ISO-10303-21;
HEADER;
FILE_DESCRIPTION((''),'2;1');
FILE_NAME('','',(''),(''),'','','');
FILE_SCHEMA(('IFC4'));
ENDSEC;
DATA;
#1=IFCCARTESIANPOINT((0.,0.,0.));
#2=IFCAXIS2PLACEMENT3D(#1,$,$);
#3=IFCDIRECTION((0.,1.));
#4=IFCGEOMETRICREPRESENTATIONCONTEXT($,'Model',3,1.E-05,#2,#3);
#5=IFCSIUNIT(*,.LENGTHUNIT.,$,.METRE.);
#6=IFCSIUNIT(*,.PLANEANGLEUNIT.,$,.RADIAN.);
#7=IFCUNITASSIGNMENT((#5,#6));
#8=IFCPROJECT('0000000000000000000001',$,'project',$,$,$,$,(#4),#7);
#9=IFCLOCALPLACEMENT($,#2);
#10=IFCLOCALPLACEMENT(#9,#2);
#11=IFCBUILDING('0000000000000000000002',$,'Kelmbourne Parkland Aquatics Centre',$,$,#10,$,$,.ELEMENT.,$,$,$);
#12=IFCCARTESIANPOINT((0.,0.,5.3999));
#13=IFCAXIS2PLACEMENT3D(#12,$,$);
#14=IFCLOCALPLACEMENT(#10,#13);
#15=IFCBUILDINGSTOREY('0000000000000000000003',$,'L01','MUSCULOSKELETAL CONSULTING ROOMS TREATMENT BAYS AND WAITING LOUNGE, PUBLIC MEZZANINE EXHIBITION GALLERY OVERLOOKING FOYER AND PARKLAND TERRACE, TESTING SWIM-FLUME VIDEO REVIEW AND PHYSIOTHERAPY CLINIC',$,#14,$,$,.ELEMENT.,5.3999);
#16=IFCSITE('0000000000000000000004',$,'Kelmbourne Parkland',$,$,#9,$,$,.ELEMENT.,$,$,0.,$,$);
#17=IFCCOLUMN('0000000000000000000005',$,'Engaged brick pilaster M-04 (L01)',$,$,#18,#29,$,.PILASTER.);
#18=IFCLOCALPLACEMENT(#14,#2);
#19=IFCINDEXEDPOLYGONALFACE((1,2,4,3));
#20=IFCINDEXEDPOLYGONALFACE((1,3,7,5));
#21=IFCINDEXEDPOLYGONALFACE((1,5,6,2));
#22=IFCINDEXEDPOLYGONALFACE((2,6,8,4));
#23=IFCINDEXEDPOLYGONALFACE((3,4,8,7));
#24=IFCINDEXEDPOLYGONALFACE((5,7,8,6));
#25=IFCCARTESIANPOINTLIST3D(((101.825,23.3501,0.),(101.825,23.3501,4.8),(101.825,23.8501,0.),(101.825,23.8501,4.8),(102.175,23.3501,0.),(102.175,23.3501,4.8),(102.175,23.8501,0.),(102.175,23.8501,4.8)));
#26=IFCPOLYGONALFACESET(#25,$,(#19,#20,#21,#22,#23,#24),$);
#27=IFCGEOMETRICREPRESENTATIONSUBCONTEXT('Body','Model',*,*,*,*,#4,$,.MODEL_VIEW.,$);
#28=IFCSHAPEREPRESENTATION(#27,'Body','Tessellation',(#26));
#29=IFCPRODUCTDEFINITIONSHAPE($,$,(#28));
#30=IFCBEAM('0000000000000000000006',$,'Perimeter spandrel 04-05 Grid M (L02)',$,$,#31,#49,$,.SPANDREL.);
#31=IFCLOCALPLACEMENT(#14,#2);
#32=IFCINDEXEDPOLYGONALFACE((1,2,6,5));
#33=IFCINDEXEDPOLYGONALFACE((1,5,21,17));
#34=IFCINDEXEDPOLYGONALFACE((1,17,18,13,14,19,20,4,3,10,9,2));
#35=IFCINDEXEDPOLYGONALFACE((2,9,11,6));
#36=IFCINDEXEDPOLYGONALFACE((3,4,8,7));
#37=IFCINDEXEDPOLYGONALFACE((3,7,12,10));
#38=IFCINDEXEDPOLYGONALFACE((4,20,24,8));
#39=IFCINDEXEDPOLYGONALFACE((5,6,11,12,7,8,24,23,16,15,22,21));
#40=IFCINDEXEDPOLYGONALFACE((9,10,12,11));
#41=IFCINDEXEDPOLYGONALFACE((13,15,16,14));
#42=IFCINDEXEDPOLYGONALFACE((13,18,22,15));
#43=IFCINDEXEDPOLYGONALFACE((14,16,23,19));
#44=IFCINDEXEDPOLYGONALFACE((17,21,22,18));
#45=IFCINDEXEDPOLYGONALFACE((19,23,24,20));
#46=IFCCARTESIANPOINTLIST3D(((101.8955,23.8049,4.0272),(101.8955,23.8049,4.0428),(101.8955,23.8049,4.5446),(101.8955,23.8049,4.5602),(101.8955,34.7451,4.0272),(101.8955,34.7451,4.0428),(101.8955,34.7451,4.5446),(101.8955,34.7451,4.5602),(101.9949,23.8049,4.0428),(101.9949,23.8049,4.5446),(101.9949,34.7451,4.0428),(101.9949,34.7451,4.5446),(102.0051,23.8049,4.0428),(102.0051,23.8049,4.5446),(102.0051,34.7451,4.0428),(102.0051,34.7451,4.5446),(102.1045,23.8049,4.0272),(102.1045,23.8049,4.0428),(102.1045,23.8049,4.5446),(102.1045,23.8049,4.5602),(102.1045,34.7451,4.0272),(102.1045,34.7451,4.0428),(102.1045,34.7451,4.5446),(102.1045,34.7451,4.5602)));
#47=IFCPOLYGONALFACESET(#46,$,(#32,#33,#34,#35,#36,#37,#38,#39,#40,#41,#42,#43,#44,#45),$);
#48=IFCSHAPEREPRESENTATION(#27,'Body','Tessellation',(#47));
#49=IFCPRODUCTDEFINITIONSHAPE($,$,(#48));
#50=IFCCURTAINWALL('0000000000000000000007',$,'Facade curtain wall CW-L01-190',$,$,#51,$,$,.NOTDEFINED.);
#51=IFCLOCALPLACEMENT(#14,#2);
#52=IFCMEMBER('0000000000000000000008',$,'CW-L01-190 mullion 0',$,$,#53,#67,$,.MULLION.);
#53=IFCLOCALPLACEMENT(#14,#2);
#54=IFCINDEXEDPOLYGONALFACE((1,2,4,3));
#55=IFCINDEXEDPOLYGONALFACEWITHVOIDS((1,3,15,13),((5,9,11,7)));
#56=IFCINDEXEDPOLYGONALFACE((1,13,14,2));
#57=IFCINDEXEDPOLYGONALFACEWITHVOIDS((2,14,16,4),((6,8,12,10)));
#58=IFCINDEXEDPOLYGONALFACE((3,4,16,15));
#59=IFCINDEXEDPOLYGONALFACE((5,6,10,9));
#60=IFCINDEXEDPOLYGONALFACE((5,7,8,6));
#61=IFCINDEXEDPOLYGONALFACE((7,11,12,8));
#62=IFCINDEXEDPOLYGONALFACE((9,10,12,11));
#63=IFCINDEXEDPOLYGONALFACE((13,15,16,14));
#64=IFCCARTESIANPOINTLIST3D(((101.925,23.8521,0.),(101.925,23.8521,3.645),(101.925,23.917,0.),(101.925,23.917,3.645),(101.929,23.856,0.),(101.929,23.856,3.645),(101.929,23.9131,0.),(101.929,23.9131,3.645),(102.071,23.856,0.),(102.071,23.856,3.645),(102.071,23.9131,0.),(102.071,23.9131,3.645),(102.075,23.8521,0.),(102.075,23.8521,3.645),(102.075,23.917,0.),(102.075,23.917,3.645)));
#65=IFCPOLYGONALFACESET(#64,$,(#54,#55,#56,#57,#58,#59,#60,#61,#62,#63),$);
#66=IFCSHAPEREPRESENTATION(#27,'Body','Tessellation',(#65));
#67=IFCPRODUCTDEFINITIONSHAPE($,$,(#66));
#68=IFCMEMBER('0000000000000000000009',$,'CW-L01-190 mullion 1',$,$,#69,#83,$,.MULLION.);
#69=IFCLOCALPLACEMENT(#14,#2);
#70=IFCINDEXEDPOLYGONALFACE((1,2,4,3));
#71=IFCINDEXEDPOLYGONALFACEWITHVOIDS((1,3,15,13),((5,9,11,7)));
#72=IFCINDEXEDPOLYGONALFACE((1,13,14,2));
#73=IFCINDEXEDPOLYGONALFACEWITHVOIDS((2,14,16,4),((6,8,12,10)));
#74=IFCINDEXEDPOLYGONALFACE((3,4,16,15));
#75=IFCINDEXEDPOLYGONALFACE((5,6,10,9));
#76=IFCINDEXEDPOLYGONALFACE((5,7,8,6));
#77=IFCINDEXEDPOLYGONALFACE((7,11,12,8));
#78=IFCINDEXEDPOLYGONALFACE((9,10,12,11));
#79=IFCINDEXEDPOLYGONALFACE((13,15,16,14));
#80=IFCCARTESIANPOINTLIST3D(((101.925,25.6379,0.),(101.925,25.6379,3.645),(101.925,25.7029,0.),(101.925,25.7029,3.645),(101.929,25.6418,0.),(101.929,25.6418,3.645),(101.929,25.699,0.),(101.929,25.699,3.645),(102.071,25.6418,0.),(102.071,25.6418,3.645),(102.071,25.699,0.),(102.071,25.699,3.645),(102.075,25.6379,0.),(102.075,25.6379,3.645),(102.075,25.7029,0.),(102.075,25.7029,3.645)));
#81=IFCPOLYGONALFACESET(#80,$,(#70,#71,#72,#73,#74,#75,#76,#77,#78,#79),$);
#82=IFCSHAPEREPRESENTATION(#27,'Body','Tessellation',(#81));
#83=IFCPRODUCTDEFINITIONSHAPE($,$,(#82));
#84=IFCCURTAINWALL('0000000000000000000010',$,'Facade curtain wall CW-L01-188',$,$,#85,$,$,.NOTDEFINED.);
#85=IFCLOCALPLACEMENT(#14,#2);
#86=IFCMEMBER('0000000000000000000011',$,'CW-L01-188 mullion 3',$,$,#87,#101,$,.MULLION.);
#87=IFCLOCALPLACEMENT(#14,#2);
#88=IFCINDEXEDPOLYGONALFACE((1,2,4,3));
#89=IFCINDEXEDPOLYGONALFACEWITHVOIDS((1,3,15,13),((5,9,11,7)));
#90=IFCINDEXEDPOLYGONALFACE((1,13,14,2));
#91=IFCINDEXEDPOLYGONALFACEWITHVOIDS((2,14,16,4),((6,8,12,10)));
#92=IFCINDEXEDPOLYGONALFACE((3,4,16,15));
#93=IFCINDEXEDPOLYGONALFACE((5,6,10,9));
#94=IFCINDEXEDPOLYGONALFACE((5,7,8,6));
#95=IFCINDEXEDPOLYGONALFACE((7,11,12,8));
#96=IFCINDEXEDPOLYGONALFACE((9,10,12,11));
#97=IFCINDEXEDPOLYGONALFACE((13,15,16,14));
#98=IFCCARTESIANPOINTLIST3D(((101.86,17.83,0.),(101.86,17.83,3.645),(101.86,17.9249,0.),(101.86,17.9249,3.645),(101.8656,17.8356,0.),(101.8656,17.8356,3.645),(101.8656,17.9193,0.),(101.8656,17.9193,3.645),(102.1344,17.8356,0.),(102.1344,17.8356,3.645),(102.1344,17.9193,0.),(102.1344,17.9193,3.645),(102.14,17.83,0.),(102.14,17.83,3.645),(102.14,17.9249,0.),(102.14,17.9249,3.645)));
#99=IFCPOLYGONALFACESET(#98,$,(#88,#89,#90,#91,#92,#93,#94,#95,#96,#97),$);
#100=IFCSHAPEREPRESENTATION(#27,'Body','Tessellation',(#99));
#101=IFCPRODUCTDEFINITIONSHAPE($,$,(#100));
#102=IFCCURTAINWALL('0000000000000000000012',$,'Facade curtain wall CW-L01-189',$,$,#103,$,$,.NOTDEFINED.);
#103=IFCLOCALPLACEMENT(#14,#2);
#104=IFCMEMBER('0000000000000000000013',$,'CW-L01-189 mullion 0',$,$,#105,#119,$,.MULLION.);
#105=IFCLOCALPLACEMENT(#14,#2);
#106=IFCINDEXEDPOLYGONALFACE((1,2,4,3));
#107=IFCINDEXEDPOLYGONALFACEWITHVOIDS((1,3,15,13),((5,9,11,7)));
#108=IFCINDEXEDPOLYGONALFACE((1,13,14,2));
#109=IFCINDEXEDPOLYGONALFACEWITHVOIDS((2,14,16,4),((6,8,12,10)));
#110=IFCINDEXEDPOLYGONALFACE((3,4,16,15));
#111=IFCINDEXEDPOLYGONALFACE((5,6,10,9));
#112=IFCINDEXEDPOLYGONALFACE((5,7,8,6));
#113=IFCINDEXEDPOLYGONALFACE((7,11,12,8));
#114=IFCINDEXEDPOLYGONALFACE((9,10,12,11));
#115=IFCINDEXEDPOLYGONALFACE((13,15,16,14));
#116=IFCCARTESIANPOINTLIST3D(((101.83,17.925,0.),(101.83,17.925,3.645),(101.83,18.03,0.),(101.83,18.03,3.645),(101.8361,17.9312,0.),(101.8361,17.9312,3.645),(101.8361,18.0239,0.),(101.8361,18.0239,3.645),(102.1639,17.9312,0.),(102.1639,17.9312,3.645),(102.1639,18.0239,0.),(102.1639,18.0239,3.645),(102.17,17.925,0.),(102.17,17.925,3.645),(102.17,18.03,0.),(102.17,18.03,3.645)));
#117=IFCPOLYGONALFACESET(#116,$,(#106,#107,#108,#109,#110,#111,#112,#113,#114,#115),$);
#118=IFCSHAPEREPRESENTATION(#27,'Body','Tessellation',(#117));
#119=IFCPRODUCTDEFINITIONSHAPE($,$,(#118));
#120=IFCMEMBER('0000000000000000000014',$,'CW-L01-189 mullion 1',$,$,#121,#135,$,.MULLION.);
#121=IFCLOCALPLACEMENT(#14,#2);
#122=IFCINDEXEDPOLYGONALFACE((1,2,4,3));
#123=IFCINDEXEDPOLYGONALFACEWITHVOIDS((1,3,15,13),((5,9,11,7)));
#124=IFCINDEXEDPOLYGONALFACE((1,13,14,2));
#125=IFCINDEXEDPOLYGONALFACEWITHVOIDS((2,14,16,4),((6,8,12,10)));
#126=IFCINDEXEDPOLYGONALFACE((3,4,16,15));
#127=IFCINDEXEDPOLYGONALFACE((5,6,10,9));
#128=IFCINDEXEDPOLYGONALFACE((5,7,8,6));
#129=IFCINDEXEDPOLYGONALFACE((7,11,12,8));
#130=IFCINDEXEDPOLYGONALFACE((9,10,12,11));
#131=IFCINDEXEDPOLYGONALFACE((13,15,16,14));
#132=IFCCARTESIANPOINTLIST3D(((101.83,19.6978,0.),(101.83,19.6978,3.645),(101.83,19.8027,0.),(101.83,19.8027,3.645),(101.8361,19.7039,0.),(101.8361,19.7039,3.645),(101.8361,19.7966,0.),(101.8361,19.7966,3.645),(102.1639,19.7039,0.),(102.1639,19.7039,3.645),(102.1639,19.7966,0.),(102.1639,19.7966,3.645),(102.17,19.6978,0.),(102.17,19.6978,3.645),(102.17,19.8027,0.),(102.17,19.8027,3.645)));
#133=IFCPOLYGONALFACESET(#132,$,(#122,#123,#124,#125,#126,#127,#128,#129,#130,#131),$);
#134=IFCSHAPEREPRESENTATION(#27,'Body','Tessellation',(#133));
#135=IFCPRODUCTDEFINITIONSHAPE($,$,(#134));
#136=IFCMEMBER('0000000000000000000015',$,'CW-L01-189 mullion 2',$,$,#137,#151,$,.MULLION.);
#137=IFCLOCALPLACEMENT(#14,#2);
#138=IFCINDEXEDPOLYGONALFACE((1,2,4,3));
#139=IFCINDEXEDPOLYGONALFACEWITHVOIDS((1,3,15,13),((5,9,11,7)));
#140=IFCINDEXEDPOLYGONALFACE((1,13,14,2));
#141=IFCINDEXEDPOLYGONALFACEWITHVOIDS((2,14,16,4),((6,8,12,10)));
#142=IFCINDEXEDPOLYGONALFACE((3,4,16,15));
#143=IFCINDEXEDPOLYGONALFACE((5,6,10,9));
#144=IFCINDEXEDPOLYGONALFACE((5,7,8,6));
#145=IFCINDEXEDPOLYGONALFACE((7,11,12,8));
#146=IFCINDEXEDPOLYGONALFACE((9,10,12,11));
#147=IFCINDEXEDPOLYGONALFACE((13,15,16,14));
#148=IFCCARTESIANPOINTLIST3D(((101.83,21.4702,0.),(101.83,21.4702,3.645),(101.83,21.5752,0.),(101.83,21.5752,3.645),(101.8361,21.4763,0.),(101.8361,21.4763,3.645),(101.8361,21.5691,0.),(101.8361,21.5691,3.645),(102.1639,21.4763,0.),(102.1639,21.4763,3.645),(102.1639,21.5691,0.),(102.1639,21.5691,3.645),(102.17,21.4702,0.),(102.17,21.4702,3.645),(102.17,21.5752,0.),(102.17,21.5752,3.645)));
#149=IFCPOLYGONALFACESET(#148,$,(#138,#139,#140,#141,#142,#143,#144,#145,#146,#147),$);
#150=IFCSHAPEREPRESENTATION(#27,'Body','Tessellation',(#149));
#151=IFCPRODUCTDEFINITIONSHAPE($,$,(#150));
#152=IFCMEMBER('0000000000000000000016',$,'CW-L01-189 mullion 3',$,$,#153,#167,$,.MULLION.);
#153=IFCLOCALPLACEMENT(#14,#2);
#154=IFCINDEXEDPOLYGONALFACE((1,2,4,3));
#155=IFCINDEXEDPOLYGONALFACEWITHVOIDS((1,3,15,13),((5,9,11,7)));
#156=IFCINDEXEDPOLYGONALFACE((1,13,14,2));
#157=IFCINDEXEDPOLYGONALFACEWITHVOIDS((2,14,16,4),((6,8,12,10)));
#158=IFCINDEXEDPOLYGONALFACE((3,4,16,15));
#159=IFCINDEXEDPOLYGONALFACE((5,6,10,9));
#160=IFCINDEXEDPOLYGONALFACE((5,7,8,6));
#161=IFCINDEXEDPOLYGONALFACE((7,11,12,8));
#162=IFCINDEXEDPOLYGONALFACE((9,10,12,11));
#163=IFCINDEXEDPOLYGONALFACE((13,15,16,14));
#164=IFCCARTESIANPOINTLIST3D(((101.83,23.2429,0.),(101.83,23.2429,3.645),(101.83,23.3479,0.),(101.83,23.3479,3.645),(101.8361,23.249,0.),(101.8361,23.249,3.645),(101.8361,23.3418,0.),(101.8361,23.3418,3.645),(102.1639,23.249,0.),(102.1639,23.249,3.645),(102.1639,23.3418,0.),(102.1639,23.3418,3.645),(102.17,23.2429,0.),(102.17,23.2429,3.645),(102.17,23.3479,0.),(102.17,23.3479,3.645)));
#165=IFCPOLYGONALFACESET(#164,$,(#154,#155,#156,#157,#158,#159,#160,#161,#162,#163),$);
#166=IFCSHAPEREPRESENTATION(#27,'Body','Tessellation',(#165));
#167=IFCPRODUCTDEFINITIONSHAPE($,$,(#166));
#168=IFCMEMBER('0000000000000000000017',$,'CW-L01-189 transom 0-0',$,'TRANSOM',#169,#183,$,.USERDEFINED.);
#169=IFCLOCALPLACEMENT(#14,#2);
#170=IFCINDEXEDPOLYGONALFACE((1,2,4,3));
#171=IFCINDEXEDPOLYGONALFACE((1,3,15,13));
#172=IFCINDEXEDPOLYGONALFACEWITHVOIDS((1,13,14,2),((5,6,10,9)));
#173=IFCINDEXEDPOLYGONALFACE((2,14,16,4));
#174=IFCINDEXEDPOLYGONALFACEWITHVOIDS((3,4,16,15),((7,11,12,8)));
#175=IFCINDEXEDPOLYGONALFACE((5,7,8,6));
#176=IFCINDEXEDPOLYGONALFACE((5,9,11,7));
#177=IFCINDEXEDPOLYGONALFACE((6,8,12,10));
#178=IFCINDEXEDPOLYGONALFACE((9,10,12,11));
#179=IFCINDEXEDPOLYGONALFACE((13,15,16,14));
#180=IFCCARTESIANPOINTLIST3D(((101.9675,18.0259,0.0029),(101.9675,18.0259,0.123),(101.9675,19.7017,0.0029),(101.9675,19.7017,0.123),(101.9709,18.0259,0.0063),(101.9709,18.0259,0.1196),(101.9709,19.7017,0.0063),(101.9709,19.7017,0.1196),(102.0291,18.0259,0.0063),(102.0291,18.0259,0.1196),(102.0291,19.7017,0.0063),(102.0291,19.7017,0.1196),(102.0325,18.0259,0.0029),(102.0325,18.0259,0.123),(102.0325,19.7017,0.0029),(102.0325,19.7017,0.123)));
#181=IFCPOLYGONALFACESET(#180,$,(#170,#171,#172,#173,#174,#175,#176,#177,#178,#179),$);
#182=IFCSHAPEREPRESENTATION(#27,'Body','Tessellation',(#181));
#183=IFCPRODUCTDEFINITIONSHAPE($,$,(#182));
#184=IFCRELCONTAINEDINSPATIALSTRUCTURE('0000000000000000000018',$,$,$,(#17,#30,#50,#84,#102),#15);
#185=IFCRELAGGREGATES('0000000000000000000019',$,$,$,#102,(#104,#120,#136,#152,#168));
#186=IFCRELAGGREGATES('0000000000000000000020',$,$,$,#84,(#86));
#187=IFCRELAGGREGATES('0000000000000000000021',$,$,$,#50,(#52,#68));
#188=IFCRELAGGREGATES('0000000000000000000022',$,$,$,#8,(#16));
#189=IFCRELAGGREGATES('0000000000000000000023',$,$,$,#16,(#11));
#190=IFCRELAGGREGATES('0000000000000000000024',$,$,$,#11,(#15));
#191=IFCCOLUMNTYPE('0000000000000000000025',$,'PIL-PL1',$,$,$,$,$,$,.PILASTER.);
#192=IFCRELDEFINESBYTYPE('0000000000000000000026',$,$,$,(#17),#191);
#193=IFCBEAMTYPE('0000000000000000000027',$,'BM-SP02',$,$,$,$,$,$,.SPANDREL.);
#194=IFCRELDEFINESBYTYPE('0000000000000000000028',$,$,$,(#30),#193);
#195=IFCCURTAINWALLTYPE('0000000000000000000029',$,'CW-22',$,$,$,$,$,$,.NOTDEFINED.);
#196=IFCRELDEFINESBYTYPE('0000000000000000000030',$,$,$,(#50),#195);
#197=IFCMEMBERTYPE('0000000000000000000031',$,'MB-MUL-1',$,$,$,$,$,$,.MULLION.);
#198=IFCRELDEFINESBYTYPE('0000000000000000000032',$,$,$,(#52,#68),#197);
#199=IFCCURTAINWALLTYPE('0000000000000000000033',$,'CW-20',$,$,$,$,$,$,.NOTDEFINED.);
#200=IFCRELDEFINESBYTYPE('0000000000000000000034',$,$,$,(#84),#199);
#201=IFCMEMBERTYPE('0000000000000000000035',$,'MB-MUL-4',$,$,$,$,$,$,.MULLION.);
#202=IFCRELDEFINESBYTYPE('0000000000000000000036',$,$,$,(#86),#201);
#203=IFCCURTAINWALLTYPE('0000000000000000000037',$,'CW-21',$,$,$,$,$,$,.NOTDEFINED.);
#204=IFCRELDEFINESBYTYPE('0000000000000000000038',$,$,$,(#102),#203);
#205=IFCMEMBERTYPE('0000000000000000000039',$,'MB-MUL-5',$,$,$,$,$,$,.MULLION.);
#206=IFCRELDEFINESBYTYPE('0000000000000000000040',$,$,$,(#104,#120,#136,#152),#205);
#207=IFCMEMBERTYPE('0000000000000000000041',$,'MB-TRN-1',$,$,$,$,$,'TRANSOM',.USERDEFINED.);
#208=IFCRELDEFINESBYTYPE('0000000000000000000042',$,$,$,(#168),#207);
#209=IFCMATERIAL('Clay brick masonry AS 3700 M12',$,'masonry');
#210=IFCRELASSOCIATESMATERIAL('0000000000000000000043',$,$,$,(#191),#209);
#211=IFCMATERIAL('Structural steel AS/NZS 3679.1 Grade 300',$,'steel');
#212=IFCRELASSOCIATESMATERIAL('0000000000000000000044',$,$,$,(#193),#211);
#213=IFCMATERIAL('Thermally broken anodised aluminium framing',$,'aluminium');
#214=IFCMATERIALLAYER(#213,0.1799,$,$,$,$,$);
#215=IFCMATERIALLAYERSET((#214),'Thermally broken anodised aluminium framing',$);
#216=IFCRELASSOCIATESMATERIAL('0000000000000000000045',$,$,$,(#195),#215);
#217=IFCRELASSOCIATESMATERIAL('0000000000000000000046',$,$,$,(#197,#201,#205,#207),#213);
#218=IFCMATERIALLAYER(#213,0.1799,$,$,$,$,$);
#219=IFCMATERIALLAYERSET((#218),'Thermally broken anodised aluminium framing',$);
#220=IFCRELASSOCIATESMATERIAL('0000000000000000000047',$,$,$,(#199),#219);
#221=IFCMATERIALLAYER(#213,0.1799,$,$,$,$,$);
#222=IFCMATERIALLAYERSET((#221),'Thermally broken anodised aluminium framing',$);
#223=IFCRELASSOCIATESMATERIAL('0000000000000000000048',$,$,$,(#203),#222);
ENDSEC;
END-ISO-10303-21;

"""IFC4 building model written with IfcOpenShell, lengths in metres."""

from ifc_helpers import new_model, si_unit, direction, frame, origin, origin_2d, place, context, subcontext, project, spatial, rectangle, hollow_rectangle, i_section, extrude, material, layer, layer_set, material_profile, profile_set, type_object, element, aggregate, save


model = new_model("IFC4")

# Units and contexts
model_context = context("Model", 3, precision=1e-05, world=origin(), true_north=direction((0.0, 1.0)))
body_context = subcontext(model_context, "Body", "Model", "MODEL_VIEW")
ifc_project = project(units=[si_unit("LENGTHUNIT", "METRE"), si_unit("PLANEANGLEUNIT", "RADIAN")], contexts=[model_context])

# Site, building, storey
site_placement = place(None, origin())
site = spatial("IfcSite", under=ifc_project, at=site_placement, Name="Kelmbourne Parkland", CompositionType="ELEMENT", RefElevation=0.0)
building_placement = place(site_placement, origin())
building = spatial("IfcBuilding", under=site, at=building_placement, Name="Kelmbourne Parkland Aquatics Centre", CompositionType="ELEMENT")
storey_placement = place(building_placement, frame((0.0, 0.0, 5.3999)))
storey = spatial("IfcBuildingStorey", under=building, at=storey_placement, Name="L01", Description="MUSCULOSKELETAL CONSULTING ROOMS TREATMENT BAYS AND WAITING LOUNGE, PUBLIC MEZZANINE EXHIBITION GALLERY OVERLOOKING FOYER AND PARKLAND TERRACE, TESTING SWIM-FLUME VIDEO REVIEW AND PHYSIOTHERAPY CLINIC", CompositionType="ELEMENT", Elevation=5.3999)

# Column
ifc_material_1 = material(Name="Clay brick masonry AS 3700 M12", Category="masonry")
ifc_material_profile_1 = material_profile(ifc_material_1, rectangle(XDim=0.3501, YDim=0.5, at=origin_2d()), Name="PIL 350x500")
ifc_profile_set_1 = profile_set([ifc_material_profile_1], Name="Clay brick masonry AS 3700 M12")
column_type = type_object("IfcColumnType", Name="PIL-PL1", PredefinedType="PILASTER", material=ifc_profile_set_1)
column_placement = place(storey_placement, frame((102.0, 23.6001, 0.0), z_axis=(0.0, 0.0, 1.0), x_axis=(1.0, 0.0, 0.0)))
element("IfcColumn", 1, at=column_placement, inside=storey, type_object=column_type, Name="Engaged brick pilaster M-04 (L01)", PredefinedType="PILASTER", context=body_context, shape_type="SweptSolid", body=[
    extrude(rectangle(XDim=0.3501, YDim=0.5, at=origin_2d()), origin(), (0.0, 0.0, 1.0), 4.8),
])

# Beam
ifc_material_2 = material(Name="Structural steel AS/NZS 3679.1 Grade 300", Category="steel")
ifc_material_profile_2 = material_profile(ifc_material_2, i_section(OverallWidth=0.209, OverallDepth=0.533, WebThickness=0.0103, FlangeThickness=0.0156, at=origin_2d()), Name="530UB92.4")
ifc_profile_set_2 = profile_set([ifc_material_profile_2], Name="Structural steel AS/NZS 3679.1 Grade 300")
beam_type = type_object("IfcBeamType", Name="BM-SP02", PredefinedType="SPANDREL", material=ifc_profile_set_2)
beam_placement = place(storey_placement, frame((102.0, 23.8049, 4.2937), z_axis=(0.0, 1.0, 0.0), x_axis=(-1.0, 0.0, 0.0)))
element("IfcBeam", 2, at=beam_placement, inside=storey, type_object=beam_type, Name="Perimeter spandrel 04-05 Grid M (L02)", PredefinedType="SPANDREL", context=body_context, shape_type="SweptSolid", body=[
    extrude(i_section(OverallWidth=0.209, OverallDepth=0.533, WebThickness=0.0103, FlangeThickness=0.0156, at=origin_2d()), origin(), (0.0, 0.0, 1.0), 10.9402),
])

# Curtain wall, members
ifc_material_3 = material(Name="Thermally broken anodised aluminium framing", Category="aluminium")
ifc_layer_1 = layer(ifc_material_3, 0.1799)
ifc_layer_set_1 = layer_set([ifc_layer_1], Name="Thermally broken anodised aluminium framing")
curtain_wall_type_1 = type_object("IfcCurtainWallType", Name="CW-22", PredefinedType="NOTDEFINED", material=ifc_layer_set_1)
curtain_wall_1_placement = place(storey_placement, origin())
curtain_wall_1 = element("IfcCurtainWall", 3, at=curtain_wall_1_placement, inside=storey, type_object=curtain_wall_type_1, Name="Facade curtain wall CW-L01-190", PredefinedType="NOTDEFINED")
ifc_material_profile_3 = material_profile(ifc_material_3, hollow_rectangle(XDim=0.0649, YDim=0.1499, WallThickness=0.0039, at=origin_2d()), Name="CW-M 65x150")
ifc_profile_set_3 = profile_set([ifc_material_profile_3], Name="Thermally broken anodised aluminium framing")
member_type_1 = type_object("IfcMemberType", Name="MB-MUL-1", PredefinedType="MULLION", material=ifc_profile_set_3)
member_1_placement = place(storey_placement, frame((102.0, 23.8845, 0.0), z_axis=(0.0, 0.0, 1.0), x_axis=(0.0, 1.0, 0.0)))
member_1 = element("IfcMember", 4, at=member_1_placement, type_object=member_type_1, Name="CW-L01-190 mullion 0", PredefinedType="MULLION", context=body_context, shape_type="SweptSolid", body=[
    extrude(hollow_rectangle(XDim=0.0649, YDim=0.1499, WallThickness=0.0039, at=origin_2d()), origin(), (0.0, 0.0, 1.0), 3.645),
])
member_2_placement = place(storey_placement, frame((102.0, 25.6704, 0.0), z_axis=(0.0, 0.0, 1.0), x_axis=(0.0, 1.0, 0.0)))
member_2 = element("IfcMember", 5, at=member_2_placement, type_object=member_type_1, Name="CW-L01-190 mullion 1", PredefinedType="MULLION", context=body_context, shape_type="SweptSolid", body=[
    extrude(hollow_rectangle(XDim=0.0649, YDim=0.1499, WallThickness=0.0039, at=origin_2d()), origin(), (0.0, 0.0, 1.0), 3.645),
])

# Curtain wall, member
ifc_layer_2 = layer(ifc_material_3, 0.1799)
ifc_layer_set_2 = layer_set([ifc_layer_2], Name="Thermally broken anodised aluminium framing")
curtain_wall_type_2 = type_object("IfcCurtainWallType", Name="CW-20", PredefinedType="NOTDEFINED", material=ifc_layer_set_2)
curtain_wall_2_placement = place(storey_placement, origin())
curtain_wall_2 = element("IfcCurtainWall", 6, at=curtain_wall_2_placement, inside=storey, type_object=curtain_wall_type_2, Name="Facade curtain wall CW-L01-188", PredefinedType="NOTDEFINED")
ifc_material_profile_4 = material_profile(ifc_material_3, hollow_rectangle(XDim=0.095, YDim=0.28, WallThickness=0.0056, at=origin_2d()), Name="CW-M 95x280")
ifc_profile_set_4 = profile_set([ifc_material_profile_4], Name="Thermally broken anodised aluminium framing")
member_type_2 = type_object("IfcMemberType", Name="MB-MUL-4", PredefinedType="MULLION", material=ifc_profile_set_4)
member_3_placement = place(storey_placement, frame((102.0, 17.8774, 0.0), z_axis=(0.0, 0.0, 1.0), x_axis=(0.0, 1.0, 0.0)))
member_3 = element("IfcMember", 7, at=member_3_placement, type_object=member_type_2, Name="CW-L01-188 mullion 3", PredefinedType="MULLION", context=body_context, shape_type="SweptSolid", body=[
    extrude(hollow_rectangle(XDim=0.095, YDim=0.28, WallThickness=0.0056, at=origin_2d()), origin(), (0.0, 0.0, 1.0), 3.645),
])

# Curtain wall, members
ifc_layer_3 = layer(ifc_material_3, 0.1799)
ifc_layer_set_3 = layer_set([ifc_layer_3], Name="Thermally broken anodised aluminium framing")
curtain_wall_type_3 = type_object("IfcCurtainWallType", Name="CW-21", PredefinedType="NOTDEFINED", material=ifc_layer_set_3)
curtain_wall_3_placement = place(storey_placement, origin())
curtain_wall_3 = element("IfcCurtainWall", 8, at=curtain_wall_3_placement, inside=storey, type_object=curtain_wall_type_3, Name="Facade curtain wall CW-L01-189", PredefinedType="NOTDEFINED")
ifc_material_profile_5 = material_profile(ifc_material_3, hollow_rectangle(XDim=0.105, YDim=0.3401, WallThickness=0.0061, at=origin_2d()), Name="CW-M 105x340")
ifc_profile_set_5 = profile_set([ifc_material_profile_5], Name="Thermally broken anodised aluminium framing")
member_type_3 = type_object("IfcMemberType", Name="MB-MUL-5", PredefinedType="MULLION", material=ifc_profile_set_5)
member_4_placement = place(storey_placement, frame((102.0, 17.9775, 0.0), z_axis=(0.0, 0.0, 1.0), x_axis=(0.0, 1.0, 0.0)))
member_4 = element("IfcMember", 9, at=member_4_placement, type_object=member_type_3, Name="CW-L01-189 mullion 0", PredefinedType="MULLION", context=body_context, shape_type="SweptSolid", body=[
    extrude(hollow_rectangle(XDim=0.105, YDim=0.3401, WallThickness=0.0061, at=origin_2d()), origin(), (0.0, 0.0, 1.0), 3.645),
])
member_5_placement = place(storey_placement, frame((102.0, 19.7502, 0.0), z_axis=(0.0, 0.0, 1.0), x_axis=(0.0, 1.0, 0.0)))
member_5 = element("IfcMember", 10, at=member_5_placement, type_object=member_type_3, Name="CW-L01-189 mullion 1", PredefinedType="MULLION", context=body_context, shape_type="SweptSolid", body=[
    extrude(hollow_rectangle(XDim=0.105, YDim=0.3401, WallThickness=0.0061, at=origin_2d()), origin(), (0.0, 0.0, 1.0), 3.645),
])
member_6_placement = place(storey_placement, frame((102.0, 21.5227, 0.0), z_axis=(0.0, 0.0, 1.0), x_axis=(0.0, 1.0, 0.0)))
member_6 = element("IfcMember", 11, at=member_6_placement, type_object=member_type_3, Name="CW-L01-189 mullion 2", PredefinedType="MULLION", context=body_context, shape_type="SweptSolid", body=[
    extrude(hollow_rectangle(XDim=0.105, YDim=0.3401, WallThickness=0.0061, at=origin_2d()), origin(), (0.0, 0.0, 1.0), 3.645),
])
member_7_placement = place(storey_placement, frame((102.0, 23.2954, 0.0), z_axis=(0.0, 0.0, 1.0), x_axis=(0.0, 1.0, 0.0)))
member_7 = element("IfcMember", 12, at=member_7_placement, type_object=member_type_3, Name="CW-L01-189 mullion 3", PredefinedType="MULLION", context=body_context, shape_type="SweptSolid", body=[
    extrude(hollow_rectangle(XDim=0.105, YDim=0.3401, WallThickness=0.0061, at=origin_2d()), origin(), (0.0, 0.0, 1.0), 3.645),
])
ifc_material_profile_6 = material_profile(ifc_material_3, hollow_rectangle(XDim=0.0649, YDim=0.1201, WallThickness=0.0034, at=origin_2d()), Name="CW-T 65x120")
ifc_profile_set_6 = profile_set([ifc_material_profile_6], Name="Thermally broken anodised aluminium framing")
member_type_4 = type_object("IfcMemberType", Name="MB-TRN-1", ElementType="TRANSOM", PredefinedType="USERDEFINED", material=ifc_profile_set_6)
member_8_placement = place(storey_placement, frame((102.0, 18.0259, 0.063), z_axis=(0.0, 1.0, 0.0), x_axis=(-1.0, 0.0, 0.0)))
member_8 = element("IfcMember", 13, at=member_8_placement, type_object=member_type_4, Name="CW-L01-189 transom 0-0", ObjectType="TRANSOM", PredefinedType="USERDEFINED", context=body_context, shape_type="SweptSolid", body=[
    extrude(hollow_rectangle(XDim=0.0649, YDim=0.1201, WallThickness=0.0034, at=origin_2d()), origin(), (0.0, 0.0, 1.0), 1.6758),
])

aggregate(curtain_wall_3, [member_4, member_5, member_6, member_7, member_8])
aggregate(curtain_wall_2, [member_3])
aggregate(curtain_wall_1, [member_1, member_2])

save(model, "model.ifc")
